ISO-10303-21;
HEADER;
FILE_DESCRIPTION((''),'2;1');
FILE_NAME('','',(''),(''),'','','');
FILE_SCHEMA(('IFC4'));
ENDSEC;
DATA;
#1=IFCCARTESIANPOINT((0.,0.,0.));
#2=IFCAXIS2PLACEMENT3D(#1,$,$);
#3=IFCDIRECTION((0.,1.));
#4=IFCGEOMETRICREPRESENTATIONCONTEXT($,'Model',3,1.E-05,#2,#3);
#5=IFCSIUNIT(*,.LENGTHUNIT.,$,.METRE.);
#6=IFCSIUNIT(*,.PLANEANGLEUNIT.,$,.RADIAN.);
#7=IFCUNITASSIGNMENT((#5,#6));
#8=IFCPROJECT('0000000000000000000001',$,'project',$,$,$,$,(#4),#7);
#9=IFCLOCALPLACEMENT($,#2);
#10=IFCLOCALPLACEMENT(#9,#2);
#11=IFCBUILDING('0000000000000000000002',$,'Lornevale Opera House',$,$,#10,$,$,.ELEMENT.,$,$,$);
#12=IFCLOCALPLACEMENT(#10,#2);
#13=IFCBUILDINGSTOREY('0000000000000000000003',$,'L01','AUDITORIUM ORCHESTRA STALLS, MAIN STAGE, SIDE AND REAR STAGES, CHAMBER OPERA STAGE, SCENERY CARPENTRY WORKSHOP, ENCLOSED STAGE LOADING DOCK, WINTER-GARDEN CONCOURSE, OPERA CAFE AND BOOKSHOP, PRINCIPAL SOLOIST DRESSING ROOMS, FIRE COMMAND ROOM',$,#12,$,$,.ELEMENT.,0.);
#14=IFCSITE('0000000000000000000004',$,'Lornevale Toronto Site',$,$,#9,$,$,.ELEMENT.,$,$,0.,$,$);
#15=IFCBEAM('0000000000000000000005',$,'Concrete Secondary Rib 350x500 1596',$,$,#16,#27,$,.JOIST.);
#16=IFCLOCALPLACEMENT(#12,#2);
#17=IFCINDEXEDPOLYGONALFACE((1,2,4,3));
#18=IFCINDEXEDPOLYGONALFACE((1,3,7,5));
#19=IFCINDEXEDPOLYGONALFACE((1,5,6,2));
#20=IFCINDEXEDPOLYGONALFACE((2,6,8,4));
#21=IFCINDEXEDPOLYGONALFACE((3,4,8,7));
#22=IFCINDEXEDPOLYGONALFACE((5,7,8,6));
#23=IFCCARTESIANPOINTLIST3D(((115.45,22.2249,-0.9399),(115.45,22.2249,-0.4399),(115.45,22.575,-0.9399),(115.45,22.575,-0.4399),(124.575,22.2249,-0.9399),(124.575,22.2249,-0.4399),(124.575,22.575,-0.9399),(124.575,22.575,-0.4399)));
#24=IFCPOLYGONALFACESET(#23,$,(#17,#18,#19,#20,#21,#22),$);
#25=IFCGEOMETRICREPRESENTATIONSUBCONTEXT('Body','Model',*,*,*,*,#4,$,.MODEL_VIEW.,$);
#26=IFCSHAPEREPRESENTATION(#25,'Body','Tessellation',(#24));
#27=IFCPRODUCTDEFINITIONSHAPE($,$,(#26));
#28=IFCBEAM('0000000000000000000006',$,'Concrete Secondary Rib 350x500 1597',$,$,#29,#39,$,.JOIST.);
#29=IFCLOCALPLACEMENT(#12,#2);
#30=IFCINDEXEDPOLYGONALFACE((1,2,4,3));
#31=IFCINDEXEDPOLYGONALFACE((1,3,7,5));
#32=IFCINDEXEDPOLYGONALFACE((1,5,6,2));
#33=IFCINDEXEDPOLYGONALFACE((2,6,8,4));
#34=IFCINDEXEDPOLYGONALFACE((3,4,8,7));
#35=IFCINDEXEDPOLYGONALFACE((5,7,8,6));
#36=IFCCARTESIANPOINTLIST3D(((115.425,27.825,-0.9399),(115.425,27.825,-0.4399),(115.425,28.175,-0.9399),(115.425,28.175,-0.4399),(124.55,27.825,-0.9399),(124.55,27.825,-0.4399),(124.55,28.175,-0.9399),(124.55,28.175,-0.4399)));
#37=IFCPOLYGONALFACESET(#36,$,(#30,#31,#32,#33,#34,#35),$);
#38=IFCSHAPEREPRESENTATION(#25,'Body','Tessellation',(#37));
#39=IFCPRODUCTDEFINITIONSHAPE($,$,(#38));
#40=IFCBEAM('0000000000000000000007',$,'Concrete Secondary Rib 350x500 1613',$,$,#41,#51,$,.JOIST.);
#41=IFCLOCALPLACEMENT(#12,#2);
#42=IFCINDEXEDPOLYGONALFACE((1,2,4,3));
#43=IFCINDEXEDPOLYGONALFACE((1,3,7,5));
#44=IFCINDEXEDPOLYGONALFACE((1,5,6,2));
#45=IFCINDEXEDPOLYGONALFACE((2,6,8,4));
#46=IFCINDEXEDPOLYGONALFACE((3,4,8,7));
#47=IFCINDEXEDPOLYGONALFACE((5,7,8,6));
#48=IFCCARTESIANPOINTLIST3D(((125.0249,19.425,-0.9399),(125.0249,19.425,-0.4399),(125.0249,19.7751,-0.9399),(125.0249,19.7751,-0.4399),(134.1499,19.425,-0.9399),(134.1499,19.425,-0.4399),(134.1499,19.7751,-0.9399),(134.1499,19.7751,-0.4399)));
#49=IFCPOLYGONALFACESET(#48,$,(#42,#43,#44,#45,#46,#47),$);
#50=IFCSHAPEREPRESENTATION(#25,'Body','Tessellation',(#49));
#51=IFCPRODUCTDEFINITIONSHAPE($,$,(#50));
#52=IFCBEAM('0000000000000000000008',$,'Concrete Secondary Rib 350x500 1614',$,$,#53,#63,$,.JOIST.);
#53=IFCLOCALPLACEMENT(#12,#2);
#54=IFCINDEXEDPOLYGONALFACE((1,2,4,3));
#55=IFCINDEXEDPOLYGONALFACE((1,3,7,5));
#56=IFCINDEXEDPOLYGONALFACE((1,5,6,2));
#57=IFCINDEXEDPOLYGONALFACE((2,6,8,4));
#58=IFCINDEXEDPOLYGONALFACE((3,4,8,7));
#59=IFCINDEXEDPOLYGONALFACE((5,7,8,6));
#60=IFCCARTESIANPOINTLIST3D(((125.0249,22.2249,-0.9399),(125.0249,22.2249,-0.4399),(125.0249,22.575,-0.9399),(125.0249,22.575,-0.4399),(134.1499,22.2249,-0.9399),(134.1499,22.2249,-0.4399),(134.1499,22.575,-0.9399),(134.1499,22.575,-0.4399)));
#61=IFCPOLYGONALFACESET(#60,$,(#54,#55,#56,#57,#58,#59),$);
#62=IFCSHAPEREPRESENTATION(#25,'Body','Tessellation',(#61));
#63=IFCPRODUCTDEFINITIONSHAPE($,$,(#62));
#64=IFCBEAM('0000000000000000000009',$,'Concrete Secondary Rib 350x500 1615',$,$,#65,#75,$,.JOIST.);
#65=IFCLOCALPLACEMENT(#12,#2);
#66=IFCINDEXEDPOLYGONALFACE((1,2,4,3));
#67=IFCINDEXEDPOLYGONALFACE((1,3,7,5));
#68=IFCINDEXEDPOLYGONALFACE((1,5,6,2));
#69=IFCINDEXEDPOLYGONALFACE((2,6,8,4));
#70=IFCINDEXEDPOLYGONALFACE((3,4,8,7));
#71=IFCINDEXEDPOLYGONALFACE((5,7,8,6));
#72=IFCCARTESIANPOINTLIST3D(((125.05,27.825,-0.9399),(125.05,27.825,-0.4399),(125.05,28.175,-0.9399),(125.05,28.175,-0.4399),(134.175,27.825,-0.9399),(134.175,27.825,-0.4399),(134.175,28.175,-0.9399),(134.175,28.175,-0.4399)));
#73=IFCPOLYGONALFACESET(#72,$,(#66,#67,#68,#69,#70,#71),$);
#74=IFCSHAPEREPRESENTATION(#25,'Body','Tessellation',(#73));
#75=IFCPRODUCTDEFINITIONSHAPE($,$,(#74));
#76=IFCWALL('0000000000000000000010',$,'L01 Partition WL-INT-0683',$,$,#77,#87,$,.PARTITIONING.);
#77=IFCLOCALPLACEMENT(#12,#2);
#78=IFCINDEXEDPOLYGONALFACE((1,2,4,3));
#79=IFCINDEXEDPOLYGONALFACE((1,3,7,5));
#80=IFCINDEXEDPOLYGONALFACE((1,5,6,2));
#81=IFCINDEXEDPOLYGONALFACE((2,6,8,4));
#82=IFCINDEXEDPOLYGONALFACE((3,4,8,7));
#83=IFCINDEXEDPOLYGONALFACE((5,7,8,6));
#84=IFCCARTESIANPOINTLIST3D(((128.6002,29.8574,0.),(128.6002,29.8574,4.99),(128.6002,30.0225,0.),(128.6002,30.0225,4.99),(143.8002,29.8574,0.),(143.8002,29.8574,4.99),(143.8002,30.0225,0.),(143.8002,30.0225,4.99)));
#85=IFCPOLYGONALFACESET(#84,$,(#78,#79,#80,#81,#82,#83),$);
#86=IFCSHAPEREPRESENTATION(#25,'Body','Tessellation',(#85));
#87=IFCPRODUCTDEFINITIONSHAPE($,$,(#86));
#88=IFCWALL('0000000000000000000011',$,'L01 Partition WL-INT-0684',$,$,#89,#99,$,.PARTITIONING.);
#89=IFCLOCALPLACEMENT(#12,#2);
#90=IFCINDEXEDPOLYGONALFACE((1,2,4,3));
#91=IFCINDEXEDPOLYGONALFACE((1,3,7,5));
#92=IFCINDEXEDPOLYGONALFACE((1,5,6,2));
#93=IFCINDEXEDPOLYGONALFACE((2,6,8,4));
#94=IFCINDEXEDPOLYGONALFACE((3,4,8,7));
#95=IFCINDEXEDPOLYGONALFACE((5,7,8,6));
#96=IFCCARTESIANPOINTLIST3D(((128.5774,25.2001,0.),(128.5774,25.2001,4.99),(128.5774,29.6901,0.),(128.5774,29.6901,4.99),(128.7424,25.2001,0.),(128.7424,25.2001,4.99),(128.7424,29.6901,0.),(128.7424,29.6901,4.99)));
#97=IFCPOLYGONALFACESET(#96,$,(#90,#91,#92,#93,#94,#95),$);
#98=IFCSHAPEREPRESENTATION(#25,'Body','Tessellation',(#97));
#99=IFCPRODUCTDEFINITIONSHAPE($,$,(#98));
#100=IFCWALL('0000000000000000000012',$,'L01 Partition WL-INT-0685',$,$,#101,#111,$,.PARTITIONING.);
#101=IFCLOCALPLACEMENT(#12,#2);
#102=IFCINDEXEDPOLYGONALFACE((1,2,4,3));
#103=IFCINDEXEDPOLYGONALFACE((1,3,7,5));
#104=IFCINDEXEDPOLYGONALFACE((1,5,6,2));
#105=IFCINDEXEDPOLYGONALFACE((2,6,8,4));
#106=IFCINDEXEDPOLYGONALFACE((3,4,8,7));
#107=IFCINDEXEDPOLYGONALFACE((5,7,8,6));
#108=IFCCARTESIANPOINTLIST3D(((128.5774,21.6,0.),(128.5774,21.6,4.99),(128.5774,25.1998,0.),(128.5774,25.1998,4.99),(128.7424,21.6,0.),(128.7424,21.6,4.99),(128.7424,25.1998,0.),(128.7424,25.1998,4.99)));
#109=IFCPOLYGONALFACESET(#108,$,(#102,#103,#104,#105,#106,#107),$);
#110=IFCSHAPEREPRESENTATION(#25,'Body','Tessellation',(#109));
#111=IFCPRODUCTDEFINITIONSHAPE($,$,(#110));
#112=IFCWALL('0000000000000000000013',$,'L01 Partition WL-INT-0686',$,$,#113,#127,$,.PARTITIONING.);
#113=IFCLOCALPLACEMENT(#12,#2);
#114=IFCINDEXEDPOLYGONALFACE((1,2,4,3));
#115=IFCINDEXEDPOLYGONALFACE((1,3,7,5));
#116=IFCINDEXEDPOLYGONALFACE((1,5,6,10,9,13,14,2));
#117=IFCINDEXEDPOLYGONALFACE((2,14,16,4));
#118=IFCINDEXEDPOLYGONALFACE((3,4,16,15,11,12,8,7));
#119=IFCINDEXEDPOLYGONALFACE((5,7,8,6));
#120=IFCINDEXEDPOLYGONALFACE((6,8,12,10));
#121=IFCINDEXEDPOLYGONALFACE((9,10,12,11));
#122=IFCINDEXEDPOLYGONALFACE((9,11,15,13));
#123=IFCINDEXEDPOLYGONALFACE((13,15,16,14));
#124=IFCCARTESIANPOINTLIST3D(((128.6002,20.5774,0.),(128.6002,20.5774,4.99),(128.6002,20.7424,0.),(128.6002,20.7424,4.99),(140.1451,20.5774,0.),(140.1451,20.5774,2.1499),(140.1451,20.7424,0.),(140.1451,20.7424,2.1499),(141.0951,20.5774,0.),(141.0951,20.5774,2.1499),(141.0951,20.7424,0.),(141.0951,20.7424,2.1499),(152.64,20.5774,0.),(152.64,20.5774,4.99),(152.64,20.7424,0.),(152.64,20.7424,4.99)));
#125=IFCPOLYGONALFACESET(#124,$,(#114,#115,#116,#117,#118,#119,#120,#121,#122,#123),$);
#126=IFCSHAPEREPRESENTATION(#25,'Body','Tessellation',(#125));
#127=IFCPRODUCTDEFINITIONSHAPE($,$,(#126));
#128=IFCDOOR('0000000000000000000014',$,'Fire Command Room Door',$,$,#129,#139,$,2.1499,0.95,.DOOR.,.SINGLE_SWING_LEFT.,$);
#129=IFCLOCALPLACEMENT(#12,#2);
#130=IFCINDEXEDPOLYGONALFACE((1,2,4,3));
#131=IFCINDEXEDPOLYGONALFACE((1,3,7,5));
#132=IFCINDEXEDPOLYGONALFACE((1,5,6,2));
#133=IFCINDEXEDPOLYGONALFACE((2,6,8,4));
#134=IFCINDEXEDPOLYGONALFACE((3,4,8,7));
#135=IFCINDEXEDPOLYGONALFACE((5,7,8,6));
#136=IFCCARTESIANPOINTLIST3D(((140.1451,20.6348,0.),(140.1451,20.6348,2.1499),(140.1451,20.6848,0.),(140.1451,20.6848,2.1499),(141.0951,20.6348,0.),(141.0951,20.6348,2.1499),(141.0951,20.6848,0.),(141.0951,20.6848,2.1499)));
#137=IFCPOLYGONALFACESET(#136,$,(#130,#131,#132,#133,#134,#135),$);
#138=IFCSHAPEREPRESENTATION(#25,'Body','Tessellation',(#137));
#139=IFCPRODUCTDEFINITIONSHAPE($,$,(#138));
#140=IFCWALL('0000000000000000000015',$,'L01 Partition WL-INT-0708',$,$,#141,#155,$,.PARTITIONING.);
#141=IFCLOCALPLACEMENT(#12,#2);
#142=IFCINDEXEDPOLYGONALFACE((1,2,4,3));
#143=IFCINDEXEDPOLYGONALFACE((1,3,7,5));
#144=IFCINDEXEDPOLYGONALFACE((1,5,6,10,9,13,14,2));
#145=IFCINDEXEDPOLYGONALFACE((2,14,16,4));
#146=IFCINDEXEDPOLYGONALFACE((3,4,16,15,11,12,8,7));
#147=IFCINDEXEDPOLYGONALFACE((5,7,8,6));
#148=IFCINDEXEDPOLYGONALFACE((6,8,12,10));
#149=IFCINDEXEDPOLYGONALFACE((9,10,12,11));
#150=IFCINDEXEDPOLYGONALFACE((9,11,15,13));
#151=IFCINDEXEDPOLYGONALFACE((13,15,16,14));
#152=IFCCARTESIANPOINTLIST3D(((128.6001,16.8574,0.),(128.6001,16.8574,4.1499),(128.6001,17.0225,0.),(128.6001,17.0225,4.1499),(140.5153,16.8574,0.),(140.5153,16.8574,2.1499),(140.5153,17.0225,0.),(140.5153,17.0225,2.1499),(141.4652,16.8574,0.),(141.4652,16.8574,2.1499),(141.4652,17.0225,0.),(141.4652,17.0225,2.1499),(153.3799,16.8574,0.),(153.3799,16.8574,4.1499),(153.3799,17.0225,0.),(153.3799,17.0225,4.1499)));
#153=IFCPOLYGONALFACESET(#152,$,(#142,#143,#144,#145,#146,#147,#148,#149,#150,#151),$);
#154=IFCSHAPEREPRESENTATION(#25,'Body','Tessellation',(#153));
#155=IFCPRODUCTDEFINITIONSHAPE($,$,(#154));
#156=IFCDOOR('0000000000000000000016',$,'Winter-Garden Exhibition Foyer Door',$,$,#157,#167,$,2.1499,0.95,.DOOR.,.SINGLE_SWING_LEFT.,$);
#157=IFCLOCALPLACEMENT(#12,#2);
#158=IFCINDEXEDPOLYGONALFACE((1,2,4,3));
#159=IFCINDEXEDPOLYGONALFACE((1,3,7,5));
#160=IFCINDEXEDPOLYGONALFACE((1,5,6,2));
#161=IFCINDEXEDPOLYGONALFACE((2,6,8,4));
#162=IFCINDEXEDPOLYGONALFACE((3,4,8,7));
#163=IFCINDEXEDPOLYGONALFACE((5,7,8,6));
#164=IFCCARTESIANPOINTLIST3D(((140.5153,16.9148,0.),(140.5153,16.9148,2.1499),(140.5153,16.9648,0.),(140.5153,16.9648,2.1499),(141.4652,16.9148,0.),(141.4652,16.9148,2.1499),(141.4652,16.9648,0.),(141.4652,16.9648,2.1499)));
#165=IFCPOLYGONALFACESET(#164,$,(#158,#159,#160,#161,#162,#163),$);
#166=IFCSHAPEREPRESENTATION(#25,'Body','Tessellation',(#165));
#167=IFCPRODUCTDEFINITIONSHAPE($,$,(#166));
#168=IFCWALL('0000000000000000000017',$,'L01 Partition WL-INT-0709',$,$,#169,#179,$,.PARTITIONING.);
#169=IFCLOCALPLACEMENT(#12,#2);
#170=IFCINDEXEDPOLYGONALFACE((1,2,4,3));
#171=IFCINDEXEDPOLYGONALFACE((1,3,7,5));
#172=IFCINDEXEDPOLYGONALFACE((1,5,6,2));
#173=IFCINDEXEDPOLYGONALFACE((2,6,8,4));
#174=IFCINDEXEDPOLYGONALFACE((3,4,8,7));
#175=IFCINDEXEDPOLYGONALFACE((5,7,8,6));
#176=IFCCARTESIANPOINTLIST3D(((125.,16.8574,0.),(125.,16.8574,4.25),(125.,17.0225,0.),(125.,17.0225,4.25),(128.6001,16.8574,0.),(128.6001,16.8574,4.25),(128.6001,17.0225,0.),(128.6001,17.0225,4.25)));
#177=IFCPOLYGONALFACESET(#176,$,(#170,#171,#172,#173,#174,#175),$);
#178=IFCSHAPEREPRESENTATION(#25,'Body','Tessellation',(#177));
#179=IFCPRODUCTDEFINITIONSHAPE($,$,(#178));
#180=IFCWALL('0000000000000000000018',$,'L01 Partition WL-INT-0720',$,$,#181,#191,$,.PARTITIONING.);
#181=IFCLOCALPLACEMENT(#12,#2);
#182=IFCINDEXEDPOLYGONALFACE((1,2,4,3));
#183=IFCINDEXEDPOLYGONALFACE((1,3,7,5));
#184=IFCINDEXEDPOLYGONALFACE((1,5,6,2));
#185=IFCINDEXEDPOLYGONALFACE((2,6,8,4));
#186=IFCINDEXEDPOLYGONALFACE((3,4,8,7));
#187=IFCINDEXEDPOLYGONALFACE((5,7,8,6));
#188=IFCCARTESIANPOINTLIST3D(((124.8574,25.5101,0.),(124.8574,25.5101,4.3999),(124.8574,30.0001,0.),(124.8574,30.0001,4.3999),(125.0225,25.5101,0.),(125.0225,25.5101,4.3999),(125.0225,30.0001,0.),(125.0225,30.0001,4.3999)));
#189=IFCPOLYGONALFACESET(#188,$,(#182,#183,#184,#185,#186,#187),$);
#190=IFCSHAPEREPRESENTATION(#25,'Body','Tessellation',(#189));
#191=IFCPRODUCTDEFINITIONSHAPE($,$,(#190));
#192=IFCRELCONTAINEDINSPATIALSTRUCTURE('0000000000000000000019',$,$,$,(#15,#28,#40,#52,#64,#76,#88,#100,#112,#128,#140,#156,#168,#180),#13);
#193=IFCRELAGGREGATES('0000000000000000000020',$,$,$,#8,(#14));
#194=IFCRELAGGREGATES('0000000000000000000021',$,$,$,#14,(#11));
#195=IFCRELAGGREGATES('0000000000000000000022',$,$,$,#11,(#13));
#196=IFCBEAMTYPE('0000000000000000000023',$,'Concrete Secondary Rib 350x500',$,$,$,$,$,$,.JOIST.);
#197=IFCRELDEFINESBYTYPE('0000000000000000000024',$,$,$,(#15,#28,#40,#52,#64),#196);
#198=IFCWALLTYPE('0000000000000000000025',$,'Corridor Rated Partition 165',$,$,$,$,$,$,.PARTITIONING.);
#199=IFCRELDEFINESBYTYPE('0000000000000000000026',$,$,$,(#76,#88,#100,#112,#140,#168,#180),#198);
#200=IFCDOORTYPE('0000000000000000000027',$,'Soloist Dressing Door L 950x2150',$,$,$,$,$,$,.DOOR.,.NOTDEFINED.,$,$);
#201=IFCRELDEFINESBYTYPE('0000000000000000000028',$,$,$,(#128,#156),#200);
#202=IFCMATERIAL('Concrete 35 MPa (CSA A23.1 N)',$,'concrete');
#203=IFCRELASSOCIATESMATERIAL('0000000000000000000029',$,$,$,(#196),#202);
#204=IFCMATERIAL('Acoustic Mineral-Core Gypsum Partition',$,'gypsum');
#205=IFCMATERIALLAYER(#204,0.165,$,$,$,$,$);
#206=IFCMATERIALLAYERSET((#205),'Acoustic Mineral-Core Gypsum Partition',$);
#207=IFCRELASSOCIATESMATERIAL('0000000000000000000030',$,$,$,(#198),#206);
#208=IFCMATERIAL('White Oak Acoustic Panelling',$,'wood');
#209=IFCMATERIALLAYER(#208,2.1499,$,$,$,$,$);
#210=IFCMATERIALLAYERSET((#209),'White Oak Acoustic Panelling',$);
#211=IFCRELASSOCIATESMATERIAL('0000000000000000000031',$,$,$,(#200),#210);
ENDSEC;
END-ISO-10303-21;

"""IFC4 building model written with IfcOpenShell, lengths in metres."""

from ifc_helpers import new_model, si_unit, direction, frame, frame_2d, origin, origin_2d, place, context, subcontext, project, spatial, rectangle, extrude, material, layer, layer_set, material_profile, profile_set, type_object, element, fill, save


model = new_model("IFC4")

# Units and contexts
model_context = context("Model", 3, precision=1e-05, world=origin(), true_north=direction((0.0, 1.0)))
body_context = subcontext(model_context, "Body", "Model", "MODEL_VIEW")
ifc_project = project(units=[si_unit("LENGTHUNIT", "METRE"), si_unit("PLANEANGLEUNIT", "RADIAN")], contexts=[model_context])

# Site, building, storey
site_placement = place(None, origin())
site = spatial("IfcSite", under=ifc_project, at=site_placement, Name="Lornevale Toronto Site", CompositionType="ELEMENT", RefElevation=0.0)
building_placement = place(site_placement, origin())
building = spatial("IfcBuilding", under=site, at=building_placement, Name="Lornevale Opera House", CompositionType="ELEMENT")
storey_placement = place(building_placement, origin())
storey = spatial("IfcBuildingStorey", under=building, at=storey_placement, Name="L01", Description="AUDITORIUM ORCHESTRA STALLS, MAIN STAGE, SIDE AND REAR STAGES, CHAMBER OPERA STAGE, SCENERY CARPENTRY WORKSHOP, ENCLOSED STAGE LOADING DOCK, WINTER-GARDEN CONCOURSE, OPERA CAFE AND BOOKSHOP, PRINCIPAL SOLOIST DRESSING ROOMS, FIRE COMMAND ROOM", CompositionType="ELEMENT", Elevation=0.0)

# Beams
ifc_material_1 = material(Name="Concrete 35 MPa (CSA A23.1 N)", Category="concrete")
ifc_material_profile_1 = material_profile(ifc_material_1, rectangle(XDim=0.3501, YDim=0.5, at=origin_2d()), Name="RC350x500")
ifc_profile_set_1 = profile_set([ifc_material_profile_1], Name="Concrete 35 MPa (CSA A23.1 N)")
beam_type_1 = type_object("IfcBeamType", Name="Concrete Secondary Rib 350x500", PredefinedType="JOIST", material=ifc_profile_set_1)
for number, where, z_axis, x_axis, name in (
    (1, (115.45, 22.3999, -0.6899), (1.0, 0.0, 0.0), (0.0, 1.0, 0.0), "Concrete Secondary Rib 350x500 1596"),
    (2, (115.425, 28.0, -0.6899), (1.0, 0.0, 0.0), (0.0, 1.0, 0.0), "Concrete Secondary Rib 350x500 1597"),
    (3, (125.0249, 19.6001, -0.6899), (1.0, 0.0, 0.0), (0.0, 1.0, 0.0), "Concrete Secondary Rib 350x500 1613"),
    (4, (125.0249, 22.3999, -0.6899), (1.0, 0.0, 0.0), (0.0, 1.0, 0.0), "Concrete Secondary Rib 350x500 1614"),
    (5, (125.05, 28.0, -0.6899), (1.0, 0.0, 0.0), (0.0, 1.0, 0.0), "Concrete Secondary Rib 350x500 1615"),
):
    element("IfcBeam", number, at=place(storey_placement, frame(where, z_axis=z_axis, x_axis=x_axis)), inside=storey, type_object=beam_type_1, Name=name, PredefinedType="JOIST", context=body_context, shape_type="SweptSolid", body=[
        extrude(rectangle(XDim=0.3501, YDim=0.5, at=origin_2d()), origin(), (0.0, 0.0, 1.0), 9.125),
    ])

# Walls
ifc_material_2 = material(Name="Acoustic Mineral-Core Gypsum Partition", Category="gypsum")
ifc_layer_1 = layer(ifc_material_2, 0.165)
ifc_layer_set_1 = layer_set([ifc_layer_1], Name="Acoustic Mineral-Core Gypsum Partition")
wall_type_1 = type_object("IfcWallType", Name="Corridor Rated Partition 165", PredefinedType="PARTITIONING", material=ifc_layer_set_1)
wall_1_placement = place(storey_placement, frame((128.6001, 29.9399, 0.0), z_axis=(0.0, 0.0, 1.0), x_axis=(1.0, 0.0, 0.0)))
element("IfcWall", 6, at=wall_1_placement, inside=storey, type_object=wall_type_1, Name="L01 Partition WL-INT-0683", PredefinedType="PARTITIONING", context=body_context, shape_type="SweptSolid", body=[
    extrude(rectangle(XDim=15.2, YDim=0.165, at=frame_2d((7.6001, 0.0))), origin(), (0.0, 0.0, 1.0), 4.99),
])
wall_2_placement = place(storey_placement, frame((128.6599, 25.2, 0.0), z_axis=(0.0, 0.0, 1.0), x_axis=(0.0, 1.0, 0.0)))
element("IfcWall", 7, at=wall_2_placement, inside=storey, type_object=wall_type_1, Name="L01 Partition WL-INT-0684", PredefinedType="PARTITIONING", context=body_context, shape_type="SweptSolid", body=[
    extrude(rectangle(XDim=4.49, YDim=0.165, at=frame_2d((2.2451, 0.0))), origin(), (0.0, 0.0, 1.0), 4.99),
])
wall_3_placement = place(storey_placement, frame((128.6599, 21.6001, 0.0), z_axis=(0.0, 0.0, 1.0), x_axis=(0.0, 1.0, 0.0)))
element("IfcWall", 8, at=wall_3_placement, inside=storey, type_object=wall_type_1, Name="L01 Partition WL-INT-0685", PredefinedType="PARTITIONING", context=body_context, shape_type="SweptSolid", body=[
    extrude(rectangle(XDim=3.5999, YDim=0.165, at=frame_2d((1.7998, 0.0))), origin(), (0.0, 0.0, 1.0), 4.99),
])

# Walls, openings, doors
wall_4_placement = place(storey_placement, frame((128.6001, 20.6599, 0.0), z_axis=(0.0, 0.0, 1.0), x_axis=(1.0, 0.0, 0.0)))
wall_4 = element("IfcWall", 9, at=wall_4_placement, inside=storey, type_object=wall_type_1, Name="L01 Partition WL-INT-0686", PredefinedType="PARTITIONING", context=body_context, shape_type="SweptSolid", body=[
    extrude(rectangle(XDim=24.0398, YDim=0.165, at=frame_2d((12.02, 0.0))), origin(), (0.0, 0.0, 1.0), 4.99),
])
opening_1_placement = place(wall_4_placement, frame((11.5449, 0.0, 0.0)))
opening_1 = element("IfcOpeningElement", 10, at=opening_1_placement, cuts=wall_4, PredefinedType="OPENING", context=body_context, shape_type="SweptSolid", body=[
    extrude(rectangle(XDim=0.95, YDim=2.1499, at=frame_2d((0.4751, 1.075))), frame((0.0, 0.0925, 0.0), z_axis=(0.0, -1.0, 0.0), x_axis=(1.0, 0.0, 0.0)), (0.0, 0.0, 1.0), 0.1851),
])
ifc_material_3 = material(Name="White Oak Acoustic Panelling", Category="wood")
ifc_layer_2 = layer(ifc_material_3, 2.1499)
ifc_layer_set_2 = layer_set([ifc_layer_2], Name="White Oak Acoustic Panelling")
door_type_1 = type_object("IfcDoorType", Name="Soloist Dressing Door L 950x2150", OperationType="NOTDEFINED", PredefinedType="DOOR", material=ifc_layer_set_2)
door_1_placement = place(opening_1_placement, origin())
door_1 = element("IfcDoor", 11, at=door_1_placement, inside=storey, type_object=door_type_1, Name="Fire Command Room Door", OperationType="SINGLE_SWING_LEFT", OverallHeight=2.1499, OverallWidth=0.95, PredefinedType="DOOR", context=body_context, shape_type="SweptSolid", body=[
    extrude(rectangle(XDim=0.95, YDim=2.1499, at=frame_2d((0.4751, 1.075))), frame((0.0, 0.0249, 0.0), z_axis=(0.0, -1.0, 0.0), x_axis=(1.0, 0.0, 0.0)), (0.0, 0.0, 1.0), 0.05),
])
fill(opening_1, door_1)
wall_5_placement = place(storey_placement, frame((128.6001, 16.9399, 0.0), z_axis=(0.0, 0.0, 1.0), x_axis=(1.0, 0.0, 0.0)))
wall_5 = element("IfcWall", 12, at=wall_5_placement, inside=storey, type_object=wall_type_1, Name="L01 Partition WL-INT-0708", PredefinedType="PARTITIONING", context=body_context, shape_type="SweptSolid", body=[
    extrude(rectangle(XDim=24.7798, YDim=0.165, at=frame_2d((12.3899, 0.0))), origin(), (0.0, 0.0, 1.0), 4.1499),
])
opening_2_placement = place(wall_5_placement, frame((11.915, 0.0, 0.0)))
opening_2 = element("IfcOpeningElement", 13, at=opening_2_placement, cuts=wall_5, PredefinedType="OPENING", context=body_context, shape_type="SweptSolid", body=[
    extrude(rectangle(XDim=0.95, YDim=2.1499, at=frame_2d((0.4751, 1.075))), frame((0.0, 0.0925, 0.0), z_axis=(0.0, -1.0, 0.0), x_axis=(1.0, 0.0, 0.0)), (0.0, 0.0, 1.0), 0.1851),
])
door_2_placement = place(opening_2_placement, origin())
door_2 = element("IfcDoor", 14, at=door_2_placement, inside=storey, type_object=door_type_1, Name="Winter-Garden Exhibition Foyer Door", OperationType="SINGLE_SWING_LEFT", OverallHeight=2.1499, OverallWidth=0.95, PredefinedType="DOOR", context=body_context, shape_type="SweptSolid", body=[
    extrude(rectangle(XDim=0.95, YDim=2.1499, at=frame_2d((0.4751, 1.075))), frame((0.0, 0.0249, 0.0), z_axis=(0.0, -1.0, 0.0), x_axis=(1.0, 0.0, 0.0)), (0.0, 0.0, 1.0), 0.05),
])
fill(opening_2, door_2)

# Walls
wall_6_placement = place(storey_placement, frame((125.0, 16.9399, 0.0), z_axis=(0.0, 0.0, 1.0), x_axis=(1.0, 0.0, 0.0)))
element("IfcWall", 15, at=wall_6_placement, inside=storey, type_object=wall_type_1, Name="L01 Partition WL-INT-0709", PredefinedType="PARTITIONING", context=body_context, shape_type="SweptSolid", body=[
    extrude(rectangle(XDim=3.6001, YDim=0.165, at=frame_2d((1.8, 0.0))), origin(), (0.0, 0.0, 1.0), 4.25),
])
wall_7_placement = place(storey_placement, frame((124.9399, 25.51, 0.0), z_axis=(0.0, 0.0, 1.0), x_axis=(0.0, 1.0, 0.0)))
element("IfcWall", 16, at=wall_7_placement, inside=storey, type_object=wall_type_1, Name="L01 Partition WL-INT-0720", PredefinedType="PARTITIONING", context=body_context, shape_type="SweptSolid", body=[
    extrude(rectangle(XDim=4.49, YDim=0.165, at=frame_2d((2.2451, 0.0))), origin(), (0.0, 0.0, 1.0), 4.3999),
])

save(model, "model.ifc")
